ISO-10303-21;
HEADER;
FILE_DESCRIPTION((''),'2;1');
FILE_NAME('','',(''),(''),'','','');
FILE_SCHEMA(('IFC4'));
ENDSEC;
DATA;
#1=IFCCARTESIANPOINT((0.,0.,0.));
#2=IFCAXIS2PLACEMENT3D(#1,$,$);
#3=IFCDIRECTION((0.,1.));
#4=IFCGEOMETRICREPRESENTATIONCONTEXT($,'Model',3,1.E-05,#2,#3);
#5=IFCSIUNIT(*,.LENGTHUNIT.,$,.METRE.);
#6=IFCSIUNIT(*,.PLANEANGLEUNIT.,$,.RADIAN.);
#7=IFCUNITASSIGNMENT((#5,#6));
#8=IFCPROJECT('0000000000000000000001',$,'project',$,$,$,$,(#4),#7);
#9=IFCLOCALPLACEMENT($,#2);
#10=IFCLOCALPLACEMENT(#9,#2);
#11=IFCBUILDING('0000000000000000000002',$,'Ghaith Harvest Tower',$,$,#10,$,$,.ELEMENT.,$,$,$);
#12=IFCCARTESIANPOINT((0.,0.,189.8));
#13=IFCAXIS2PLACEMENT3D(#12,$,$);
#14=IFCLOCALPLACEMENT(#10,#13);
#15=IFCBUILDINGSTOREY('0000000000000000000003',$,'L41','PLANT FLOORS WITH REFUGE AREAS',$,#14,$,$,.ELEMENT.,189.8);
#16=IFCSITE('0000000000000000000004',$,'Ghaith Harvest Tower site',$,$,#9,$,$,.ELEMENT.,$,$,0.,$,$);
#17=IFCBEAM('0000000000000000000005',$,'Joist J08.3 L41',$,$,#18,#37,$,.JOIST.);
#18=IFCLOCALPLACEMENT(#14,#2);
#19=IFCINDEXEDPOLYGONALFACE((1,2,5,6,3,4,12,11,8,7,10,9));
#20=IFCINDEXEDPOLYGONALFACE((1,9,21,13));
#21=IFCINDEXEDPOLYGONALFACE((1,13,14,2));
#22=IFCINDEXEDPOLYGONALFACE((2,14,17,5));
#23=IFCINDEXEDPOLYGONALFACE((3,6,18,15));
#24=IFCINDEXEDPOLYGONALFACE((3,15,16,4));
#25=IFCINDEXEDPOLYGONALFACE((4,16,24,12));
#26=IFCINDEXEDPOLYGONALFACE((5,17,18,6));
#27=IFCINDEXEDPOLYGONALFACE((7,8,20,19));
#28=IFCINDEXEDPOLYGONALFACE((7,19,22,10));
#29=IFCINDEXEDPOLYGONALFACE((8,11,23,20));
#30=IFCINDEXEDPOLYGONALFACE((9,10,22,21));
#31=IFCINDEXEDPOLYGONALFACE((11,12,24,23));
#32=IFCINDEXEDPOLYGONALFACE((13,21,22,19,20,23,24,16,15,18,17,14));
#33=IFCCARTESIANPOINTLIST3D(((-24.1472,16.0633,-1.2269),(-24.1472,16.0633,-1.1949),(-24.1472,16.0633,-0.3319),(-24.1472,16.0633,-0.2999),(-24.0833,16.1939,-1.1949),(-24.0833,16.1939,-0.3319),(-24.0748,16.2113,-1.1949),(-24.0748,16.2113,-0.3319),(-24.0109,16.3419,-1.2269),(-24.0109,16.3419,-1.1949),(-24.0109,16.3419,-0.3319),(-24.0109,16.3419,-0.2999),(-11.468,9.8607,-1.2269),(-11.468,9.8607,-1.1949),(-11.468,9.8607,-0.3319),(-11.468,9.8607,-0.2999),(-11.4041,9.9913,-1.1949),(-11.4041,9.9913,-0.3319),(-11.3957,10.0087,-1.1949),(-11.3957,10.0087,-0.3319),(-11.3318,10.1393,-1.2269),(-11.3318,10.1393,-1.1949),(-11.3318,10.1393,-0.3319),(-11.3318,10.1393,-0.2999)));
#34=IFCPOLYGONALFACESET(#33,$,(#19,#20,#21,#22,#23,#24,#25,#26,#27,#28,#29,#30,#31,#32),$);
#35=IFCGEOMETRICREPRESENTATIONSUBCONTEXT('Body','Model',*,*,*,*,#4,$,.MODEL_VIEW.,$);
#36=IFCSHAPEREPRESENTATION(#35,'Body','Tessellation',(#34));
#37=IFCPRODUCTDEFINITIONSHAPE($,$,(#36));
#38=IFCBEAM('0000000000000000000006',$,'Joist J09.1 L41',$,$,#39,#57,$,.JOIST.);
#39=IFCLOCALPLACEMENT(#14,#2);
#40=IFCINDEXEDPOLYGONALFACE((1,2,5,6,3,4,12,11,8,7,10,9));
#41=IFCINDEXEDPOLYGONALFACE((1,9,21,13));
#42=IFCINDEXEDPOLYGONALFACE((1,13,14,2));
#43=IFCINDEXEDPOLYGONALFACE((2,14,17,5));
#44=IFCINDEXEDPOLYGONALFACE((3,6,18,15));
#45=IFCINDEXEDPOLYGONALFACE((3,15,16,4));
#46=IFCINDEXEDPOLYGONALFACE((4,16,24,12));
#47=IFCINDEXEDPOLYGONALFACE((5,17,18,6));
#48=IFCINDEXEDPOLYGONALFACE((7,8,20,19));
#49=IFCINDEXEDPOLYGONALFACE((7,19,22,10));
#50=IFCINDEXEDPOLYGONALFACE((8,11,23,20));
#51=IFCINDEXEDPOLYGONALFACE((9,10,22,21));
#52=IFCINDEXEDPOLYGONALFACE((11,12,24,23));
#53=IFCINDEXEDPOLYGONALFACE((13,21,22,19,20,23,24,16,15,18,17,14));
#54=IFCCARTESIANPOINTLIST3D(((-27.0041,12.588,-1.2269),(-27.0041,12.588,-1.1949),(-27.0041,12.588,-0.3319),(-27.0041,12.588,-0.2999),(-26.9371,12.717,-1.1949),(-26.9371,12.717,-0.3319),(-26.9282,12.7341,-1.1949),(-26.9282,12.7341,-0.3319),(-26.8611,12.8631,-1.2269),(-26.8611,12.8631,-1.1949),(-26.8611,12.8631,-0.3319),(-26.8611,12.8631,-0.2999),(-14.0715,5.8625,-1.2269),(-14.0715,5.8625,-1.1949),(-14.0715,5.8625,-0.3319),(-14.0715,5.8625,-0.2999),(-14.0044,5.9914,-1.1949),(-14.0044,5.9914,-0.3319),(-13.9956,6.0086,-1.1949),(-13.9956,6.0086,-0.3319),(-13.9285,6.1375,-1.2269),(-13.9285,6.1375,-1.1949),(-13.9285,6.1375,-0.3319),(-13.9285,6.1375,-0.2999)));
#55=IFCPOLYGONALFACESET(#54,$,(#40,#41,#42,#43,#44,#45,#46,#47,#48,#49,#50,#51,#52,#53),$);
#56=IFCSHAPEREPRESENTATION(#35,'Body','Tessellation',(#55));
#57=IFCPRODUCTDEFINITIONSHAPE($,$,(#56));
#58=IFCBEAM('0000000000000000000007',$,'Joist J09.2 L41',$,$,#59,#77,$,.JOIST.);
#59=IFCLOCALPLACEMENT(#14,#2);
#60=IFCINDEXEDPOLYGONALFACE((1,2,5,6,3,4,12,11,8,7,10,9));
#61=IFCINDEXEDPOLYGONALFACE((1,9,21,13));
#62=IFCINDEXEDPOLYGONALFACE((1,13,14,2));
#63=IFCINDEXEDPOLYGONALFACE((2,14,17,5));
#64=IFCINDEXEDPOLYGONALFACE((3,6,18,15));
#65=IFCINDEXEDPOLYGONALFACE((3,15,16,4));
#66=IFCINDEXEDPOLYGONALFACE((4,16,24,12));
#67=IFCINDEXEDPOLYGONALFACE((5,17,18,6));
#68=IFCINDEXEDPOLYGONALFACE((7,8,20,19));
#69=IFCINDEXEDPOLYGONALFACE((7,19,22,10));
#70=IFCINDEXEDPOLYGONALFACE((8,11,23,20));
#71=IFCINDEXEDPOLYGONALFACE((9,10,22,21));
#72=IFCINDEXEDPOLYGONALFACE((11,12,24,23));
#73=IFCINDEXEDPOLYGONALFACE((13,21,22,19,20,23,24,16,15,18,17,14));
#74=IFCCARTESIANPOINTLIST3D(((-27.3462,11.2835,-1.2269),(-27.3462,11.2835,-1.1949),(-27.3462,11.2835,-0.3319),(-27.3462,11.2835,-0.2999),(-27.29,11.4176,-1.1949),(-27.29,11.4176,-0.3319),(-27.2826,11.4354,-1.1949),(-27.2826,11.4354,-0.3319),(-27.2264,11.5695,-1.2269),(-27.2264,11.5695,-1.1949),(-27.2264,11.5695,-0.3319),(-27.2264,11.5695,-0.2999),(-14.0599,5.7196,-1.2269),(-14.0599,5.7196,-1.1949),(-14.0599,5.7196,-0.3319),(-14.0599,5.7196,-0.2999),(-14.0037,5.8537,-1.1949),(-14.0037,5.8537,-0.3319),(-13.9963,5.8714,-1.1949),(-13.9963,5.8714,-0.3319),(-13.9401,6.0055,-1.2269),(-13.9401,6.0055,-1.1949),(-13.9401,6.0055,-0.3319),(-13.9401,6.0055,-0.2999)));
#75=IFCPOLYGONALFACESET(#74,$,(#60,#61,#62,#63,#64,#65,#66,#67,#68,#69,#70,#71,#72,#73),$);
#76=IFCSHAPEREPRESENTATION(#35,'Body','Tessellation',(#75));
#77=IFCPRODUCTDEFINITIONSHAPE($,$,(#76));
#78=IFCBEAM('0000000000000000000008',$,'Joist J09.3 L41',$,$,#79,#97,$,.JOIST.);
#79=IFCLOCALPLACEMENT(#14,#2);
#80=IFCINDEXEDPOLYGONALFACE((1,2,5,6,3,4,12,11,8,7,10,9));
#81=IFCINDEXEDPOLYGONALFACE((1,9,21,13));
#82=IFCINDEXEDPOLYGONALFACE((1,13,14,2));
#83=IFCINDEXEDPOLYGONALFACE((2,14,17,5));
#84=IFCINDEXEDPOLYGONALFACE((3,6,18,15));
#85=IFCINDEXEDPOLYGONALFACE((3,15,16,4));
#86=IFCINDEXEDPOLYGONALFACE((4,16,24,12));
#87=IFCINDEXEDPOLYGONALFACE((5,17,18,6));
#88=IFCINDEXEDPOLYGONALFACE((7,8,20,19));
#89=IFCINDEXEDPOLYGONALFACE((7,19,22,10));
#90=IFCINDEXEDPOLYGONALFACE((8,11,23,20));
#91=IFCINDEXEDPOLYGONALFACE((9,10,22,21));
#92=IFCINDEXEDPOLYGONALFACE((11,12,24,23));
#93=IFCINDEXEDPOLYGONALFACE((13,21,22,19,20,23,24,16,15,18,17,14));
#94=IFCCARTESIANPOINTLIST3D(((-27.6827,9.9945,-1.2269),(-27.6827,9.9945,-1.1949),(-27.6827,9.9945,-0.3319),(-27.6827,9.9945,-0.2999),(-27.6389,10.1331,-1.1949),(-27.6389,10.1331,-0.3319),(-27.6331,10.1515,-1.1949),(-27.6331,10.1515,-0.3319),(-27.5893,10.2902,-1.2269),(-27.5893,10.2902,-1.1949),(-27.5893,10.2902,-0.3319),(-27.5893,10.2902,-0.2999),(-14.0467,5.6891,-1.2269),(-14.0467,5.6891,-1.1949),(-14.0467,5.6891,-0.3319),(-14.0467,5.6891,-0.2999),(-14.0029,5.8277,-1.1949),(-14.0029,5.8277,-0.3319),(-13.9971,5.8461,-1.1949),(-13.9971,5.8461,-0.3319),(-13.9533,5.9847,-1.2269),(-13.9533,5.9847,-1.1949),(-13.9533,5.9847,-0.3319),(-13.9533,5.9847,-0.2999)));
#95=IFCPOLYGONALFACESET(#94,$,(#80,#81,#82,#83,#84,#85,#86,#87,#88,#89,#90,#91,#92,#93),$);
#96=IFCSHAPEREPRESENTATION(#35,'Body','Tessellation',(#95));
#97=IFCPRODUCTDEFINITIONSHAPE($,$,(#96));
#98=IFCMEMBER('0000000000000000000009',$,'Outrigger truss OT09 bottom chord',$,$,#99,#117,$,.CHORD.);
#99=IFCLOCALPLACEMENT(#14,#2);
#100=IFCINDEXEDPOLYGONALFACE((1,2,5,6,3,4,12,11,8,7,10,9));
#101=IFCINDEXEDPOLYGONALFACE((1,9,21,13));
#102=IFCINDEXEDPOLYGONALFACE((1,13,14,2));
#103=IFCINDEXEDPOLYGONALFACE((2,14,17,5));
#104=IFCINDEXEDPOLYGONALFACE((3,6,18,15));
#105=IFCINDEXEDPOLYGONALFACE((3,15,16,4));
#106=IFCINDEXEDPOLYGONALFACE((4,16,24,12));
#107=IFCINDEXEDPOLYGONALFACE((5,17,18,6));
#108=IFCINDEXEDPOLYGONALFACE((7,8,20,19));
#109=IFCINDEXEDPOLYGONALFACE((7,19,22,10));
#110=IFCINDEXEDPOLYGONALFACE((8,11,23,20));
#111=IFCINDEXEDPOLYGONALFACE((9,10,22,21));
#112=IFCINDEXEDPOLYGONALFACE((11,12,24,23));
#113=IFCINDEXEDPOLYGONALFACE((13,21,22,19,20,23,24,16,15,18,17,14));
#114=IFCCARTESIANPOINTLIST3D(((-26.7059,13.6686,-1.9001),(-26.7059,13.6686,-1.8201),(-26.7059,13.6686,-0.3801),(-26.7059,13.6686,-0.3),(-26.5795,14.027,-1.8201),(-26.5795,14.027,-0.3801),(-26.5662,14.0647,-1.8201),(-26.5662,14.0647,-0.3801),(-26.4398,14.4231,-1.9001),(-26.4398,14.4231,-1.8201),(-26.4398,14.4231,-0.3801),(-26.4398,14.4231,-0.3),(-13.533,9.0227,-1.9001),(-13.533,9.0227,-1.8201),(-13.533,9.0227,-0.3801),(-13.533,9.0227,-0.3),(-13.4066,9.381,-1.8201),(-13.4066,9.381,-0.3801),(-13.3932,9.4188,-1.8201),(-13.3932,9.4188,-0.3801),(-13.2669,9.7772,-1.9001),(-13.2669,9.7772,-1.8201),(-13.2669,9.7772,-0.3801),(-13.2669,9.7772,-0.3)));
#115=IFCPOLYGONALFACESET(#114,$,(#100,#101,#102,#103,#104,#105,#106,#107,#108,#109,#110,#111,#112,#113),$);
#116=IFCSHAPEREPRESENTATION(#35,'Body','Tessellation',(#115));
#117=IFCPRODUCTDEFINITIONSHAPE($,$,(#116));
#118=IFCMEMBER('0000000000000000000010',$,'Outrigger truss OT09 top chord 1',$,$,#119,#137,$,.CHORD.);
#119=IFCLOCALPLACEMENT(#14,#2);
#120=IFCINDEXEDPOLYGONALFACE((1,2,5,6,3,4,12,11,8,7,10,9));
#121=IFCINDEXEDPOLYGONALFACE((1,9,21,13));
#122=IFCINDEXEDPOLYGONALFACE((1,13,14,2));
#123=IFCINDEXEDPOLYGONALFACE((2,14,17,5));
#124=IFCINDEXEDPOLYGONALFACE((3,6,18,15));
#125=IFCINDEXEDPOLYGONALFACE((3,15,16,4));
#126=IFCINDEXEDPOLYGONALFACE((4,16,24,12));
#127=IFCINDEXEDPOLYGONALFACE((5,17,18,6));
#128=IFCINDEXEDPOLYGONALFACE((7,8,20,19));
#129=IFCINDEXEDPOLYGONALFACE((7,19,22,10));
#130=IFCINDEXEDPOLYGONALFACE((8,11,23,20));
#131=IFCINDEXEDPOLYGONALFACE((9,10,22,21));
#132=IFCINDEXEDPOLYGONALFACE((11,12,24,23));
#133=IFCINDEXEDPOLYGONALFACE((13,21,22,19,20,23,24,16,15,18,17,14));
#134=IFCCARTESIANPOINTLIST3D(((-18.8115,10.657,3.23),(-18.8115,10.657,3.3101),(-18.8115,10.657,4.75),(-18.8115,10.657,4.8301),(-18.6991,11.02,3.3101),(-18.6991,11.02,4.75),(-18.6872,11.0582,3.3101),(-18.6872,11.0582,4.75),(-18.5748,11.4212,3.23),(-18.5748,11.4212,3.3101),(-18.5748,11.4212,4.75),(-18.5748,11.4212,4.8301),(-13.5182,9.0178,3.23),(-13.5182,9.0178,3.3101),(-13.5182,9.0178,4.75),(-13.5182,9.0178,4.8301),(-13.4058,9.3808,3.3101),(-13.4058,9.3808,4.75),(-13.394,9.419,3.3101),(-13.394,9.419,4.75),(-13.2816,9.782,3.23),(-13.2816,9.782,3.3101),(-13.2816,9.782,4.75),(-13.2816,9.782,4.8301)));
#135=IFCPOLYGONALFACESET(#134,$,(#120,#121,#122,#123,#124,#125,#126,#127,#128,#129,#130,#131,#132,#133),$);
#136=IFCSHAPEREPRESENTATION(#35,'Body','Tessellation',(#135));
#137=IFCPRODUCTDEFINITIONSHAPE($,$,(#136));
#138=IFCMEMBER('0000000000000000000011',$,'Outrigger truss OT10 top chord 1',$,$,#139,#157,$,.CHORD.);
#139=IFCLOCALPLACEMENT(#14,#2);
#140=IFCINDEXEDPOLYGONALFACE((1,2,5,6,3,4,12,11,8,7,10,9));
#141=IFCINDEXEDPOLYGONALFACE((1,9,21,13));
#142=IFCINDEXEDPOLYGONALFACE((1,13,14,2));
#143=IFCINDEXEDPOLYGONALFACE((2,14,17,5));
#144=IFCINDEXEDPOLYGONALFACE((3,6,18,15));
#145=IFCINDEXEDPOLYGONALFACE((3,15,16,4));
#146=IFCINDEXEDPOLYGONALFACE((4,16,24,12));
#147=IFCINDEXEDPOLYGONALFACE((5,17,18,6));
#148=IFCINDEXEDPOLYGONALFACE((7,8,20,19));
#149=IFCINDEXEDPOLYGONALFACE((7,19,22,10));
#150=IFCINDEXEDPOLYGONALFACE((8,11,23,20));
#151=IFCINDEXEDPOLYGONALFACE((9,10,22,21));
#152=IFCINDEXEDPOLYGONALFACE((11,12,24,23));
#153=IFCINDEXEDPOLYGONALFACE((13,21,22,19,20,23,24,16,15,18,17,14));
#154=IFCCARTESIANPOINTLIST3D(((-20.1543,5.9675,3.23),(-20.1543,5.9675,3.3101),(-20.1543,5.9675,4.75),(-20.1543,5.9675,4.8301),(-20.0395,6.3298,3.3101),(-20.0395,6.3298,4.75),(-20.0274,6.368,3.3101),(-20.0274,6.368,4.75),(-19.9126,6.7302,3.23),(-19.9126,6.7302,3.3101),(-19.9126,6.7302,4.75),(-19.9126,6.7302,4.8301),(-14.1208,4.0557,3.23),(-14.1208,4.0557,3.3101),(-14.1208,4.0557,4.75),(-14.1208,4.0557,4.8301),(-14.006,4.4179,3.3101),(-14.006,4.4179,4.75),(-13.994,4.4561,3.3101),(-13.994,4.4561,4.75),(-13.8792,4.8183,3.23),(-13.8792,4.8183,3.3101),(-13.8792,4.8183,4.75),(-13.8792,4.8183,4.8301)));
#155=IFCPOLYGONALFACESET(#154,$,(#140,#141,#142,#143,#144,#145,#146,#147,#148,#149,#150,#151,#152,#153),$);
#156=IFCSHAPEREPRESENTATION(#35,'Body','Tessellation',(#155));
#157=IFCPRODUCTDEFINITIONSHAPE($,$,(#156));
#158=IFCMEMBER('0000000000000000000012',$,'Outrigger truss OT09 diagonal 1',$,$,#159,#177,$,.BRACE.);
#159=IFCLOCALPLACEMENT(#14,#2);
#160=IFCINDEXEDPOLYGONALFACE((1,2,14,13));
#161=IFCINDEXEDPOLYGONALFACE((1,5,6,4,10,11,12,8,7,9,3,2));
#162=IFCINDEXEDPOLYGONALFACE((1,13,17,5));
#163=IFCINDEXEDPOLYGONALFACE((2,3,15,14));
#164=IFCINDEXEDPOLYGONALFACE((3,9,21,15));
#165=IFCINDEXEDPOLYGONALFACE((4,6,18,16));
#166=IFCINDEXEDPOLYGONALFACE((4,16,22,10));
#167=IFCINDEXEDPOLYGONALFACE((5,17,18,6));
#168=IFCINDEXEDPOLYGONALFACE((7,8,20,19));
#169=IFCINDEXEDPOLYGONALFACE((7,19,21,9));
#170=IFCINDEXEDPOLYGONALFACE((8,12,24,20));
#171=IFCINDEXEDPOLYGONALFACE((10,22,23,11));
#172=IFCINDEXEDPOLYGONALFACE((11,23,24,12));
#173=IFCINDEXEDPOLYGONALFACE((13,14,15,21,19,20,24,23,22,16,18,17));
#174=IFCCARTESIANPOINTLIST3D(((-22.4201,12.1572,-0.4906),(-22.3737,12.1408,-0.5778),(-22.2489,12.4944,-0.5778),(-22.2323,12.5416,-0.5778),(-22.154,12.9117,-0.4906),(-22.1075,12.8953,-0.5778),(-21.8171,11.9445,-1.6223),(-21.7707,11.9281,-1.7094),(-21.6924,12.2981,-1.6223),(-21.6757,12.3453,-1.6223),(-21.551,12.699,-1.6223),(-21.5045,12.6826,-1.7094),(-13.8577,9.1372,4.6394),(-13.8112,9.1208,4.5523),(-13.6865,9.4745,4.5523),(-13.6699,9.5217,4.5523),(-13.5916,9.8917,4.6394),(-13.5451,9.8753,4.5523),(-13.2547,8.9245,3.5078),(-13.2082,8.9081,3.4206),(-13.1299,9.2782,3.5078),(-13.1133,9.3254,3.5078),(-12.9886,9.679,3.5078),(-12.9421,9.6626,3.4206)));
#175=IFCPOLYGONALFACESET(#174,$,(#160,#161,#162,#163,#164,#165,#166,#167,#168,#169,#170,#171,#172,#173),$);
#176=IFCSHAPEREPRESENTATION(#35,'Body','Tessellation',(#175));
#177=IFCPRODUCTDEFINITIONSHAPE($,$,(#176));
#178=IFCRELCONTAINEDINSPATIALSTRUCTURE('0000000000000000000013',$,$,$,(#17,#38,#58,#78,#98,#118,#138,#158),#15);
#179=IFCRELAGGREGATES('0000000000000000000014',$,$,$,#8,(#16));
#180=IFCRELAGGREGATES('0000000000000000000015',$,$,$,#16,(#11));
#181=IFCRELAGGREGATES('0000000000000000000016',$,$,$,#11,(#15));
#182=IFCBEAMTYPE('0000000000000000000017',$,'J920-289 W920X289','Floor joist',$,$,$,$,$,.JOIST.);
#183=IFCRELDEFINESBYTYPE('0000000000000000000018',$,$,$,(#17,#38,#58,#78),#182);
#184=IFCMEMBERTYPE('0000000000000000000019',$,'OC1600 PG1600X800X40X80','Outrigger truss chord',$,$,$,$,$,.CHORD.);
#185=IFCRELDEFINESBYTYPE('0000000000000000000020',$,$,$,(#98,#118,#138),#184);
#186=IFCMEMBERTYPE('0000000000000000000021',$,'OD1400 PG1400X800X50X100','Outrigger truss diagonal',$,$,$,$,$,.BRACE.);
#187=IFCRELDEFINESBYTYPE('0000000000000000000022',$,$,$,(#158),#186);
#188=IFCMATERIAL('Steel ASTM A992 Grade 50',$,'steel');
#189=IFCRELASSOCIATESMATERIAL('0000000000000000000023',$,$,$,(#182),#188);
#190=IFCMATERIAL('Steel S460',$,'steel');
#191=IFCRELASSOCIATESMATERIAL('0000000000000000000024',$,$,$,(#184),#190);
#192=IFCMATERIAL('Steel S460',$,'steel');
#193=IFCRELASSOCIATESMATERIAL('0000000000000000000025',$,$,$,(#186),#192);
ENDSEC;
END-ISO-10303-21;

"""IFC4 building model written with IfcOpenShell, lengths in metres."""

from ifc_helpers import new_model, si_unit, direction, frame, origin, origin_2d, place, context, subcontext, project, spatial, i_section, extrude, material, material_profile, profile_set, type_object, element, save


model = new_model("IFC4")

# Units and contexts
model_context = context("Model", 3, precision=1e-05, world=origin(), true_north=direction((0.0, 1.0)))
body_context = subcontext(model_context, "Body", "Model", "MODEL_VIEW")
ifc_project = project(units=[si_unit("LENGTHUNIT", "METRE"), si_unit("PLANEANGLEUNIT", "RADIAN")], contexts=[model_context])

# Site, building, storey
site_placement = place(None, origin())
site = spatial("IfcSite", under=ifc_project, at=site_placement, Name="Ghaith Harvest Tower site", CompositionType="ELEMENT", RefElevation=0.0)
building_placement = place(site_placement, origin())
building = spatial("IfcBuilding", under=site, at=building_placement, Name="Ghaith Harvest Tower", CompositionType="ELEMENT")
storey_placement = place(building_placement, frame((0.0, 0.0, 189.8)))
storey = spatial("IfcBuildingStorey", under=building, at=storey_placement, Name="L41", Description="PLANT FLOORS WITH REFUGE AREAS", CompositionType="ELEMENT", Elevation=189.8)

# Beams
ifc_material_1 = material(Name="Steel ASTM A992 Grade 50", Category="steel")
ifc_material_profile_1 = material_profile(ifc_material_1, i_section(OverallWidth=0.3101, OverallDepth=0.927, WebThickness=0.0193, FlangeThickness=0.032, at=origin_2d()), Name="W920X289")
ifc_profile_set_1 = profile_set([ifc_material_profile_1], Name="Steel ASTM A992 Grade 50")
beam_type = type_object("IfcBeamType", Name="J920-289 W920X289", Description="Floor joist", PredefinedType="JOIST", material=ifc_profile_set_1)
beam_1_placement = place(storey_placement, frame((-11.3999, 10.0, -0.7634), z_axis=(-0.898275, 0.439434, 0.0), x_axis=(-0.439434, -0.898275, 0.0)))
element("IfcBeam", 1, at=beam_1_placement, inside=storey, type_object=beam_type, Name="Joist J08.3 L41", PredefinedType="JOIST", context=body_context, shape_type="SweptSolid", body=[
    extrude(i_section(OverallWidth=0.3101, OverallDepth=0.927, WebThickness=0.0193, FlangeThickness=0.032, at=origin_2d()), origin(), (0.0, 0.0, 1.0), 14.115),
])
beam_2_placement = place(storey_placement, frame((-14.0, 6.0, -0.7634), z_axis=(-0.887199, 0.461386, 0.0), x_axis=(-0.461386, -0.887199, 0.0)))
element("IfcBeam", 2, at=beam_2_placement, inside=storey, type_object=beam_type, Name="Joist J09.1 L41", PredefinedType="JOIST", context=body_context, shape_type="SweptSolid", body=[
    extrude(i_section(OverallWidth=0.3101, OverallDepth=0.927, WebThickness=0.0193, FlangeThickness=0.032, at=origin_2d()), origin(), (0.0, 0.0, 1.0), 14.5769),
])
beam_3_placement = place(storey_placement, frame((-14.0, 5.8625, -0.7634), z_axis=(-0.922386, 0.38627, 0.0), x_axis=(-0.38627, -0.922386, 0.0)))
element("IfcBeam", 3, at=beam_3_placement, inside=storey, type_object=beam_type, Name="Joist J09.2 L41", PredefinedType="JOIST", context=body_context, shape_type="SweptSolid", body=[
    extrude(i_section(OverallWidth=0.3101, OverallDepth=0.927, WebThickness=0.0193, FlangeThickness=0.032, at=origin_2d()), origin(), (0.0, 0.0, 1.0), 14.4043),
])
beam_4_placement = place(storey_placement, frame((-14.0, 5.8369, -0.7634), z_axis=(-0.953596, 0.301088, 0.0), x_axis=(-0.301088, -0.953596, 0.0)))
element("IfcBeam", 4, at=beam_4_placement, inside=storey, type_object=beam_type, Name="Joist J09.3 L41", PredefinedType="JOIST", context=body_context, shape_type="SweptSolid", body=[
    extrude(i_section(OverallWidth=0.3101, OverallDepth=0.927, WebThickness=0.0193, FlangeThickness=0.032, at=origin_2d()), origin(), (0.0, 0.0, 1.0), 14.2996),
])

# Members
ifc_material_2 = material(Name="Steel S460", Category="steel")
ifc_material_profile_2 = material_profile(ifc_material_2, i_section(OverallWidth=0.8, OverallDepth=1.6001, WebThickness=0.04, FlangeThickness=0.0801, at=origin_2d()), Name="PG1600X800X40X80")
ifc_profile_set_2 = profile_set([ifc_material_profile_2], Name="Steel S460")
member_type_1 = type_object("IfcMemberType", Name="OC1600 PG1600X800X40X80", Description="Outrigger truss chord", PredefinedType="CHORD", material=ifc_profile_set_2)
member_1_placement = place(storey_placement, frame((-13.3999, 9.3999, -1.1001), z_axis=(-0.943065, 0.332608, 0.0), x_axis=(-0.332608, -0.943065, 0.0)))
element("IfcMember", 5, at=member_1_placement, inside=storey, type_object=member_type_1, Name="Outrigger truss OT09 bottom chord", PredefinedType="CHORD", context=body_context, shape_type="SweptSolid", body=[
    extrude(i_section(OverallWidth=0.8, OverallDepth=1.6001, WebThickness=0.04, FlangeThickness=0.0801, at=origin_2d()), origin(), (0.0, 0.0, 1.0), 13.9683),
])
member_2_placement = place(storey_placement, frame((-13.3999, 9.3999, 4.03), z_axis=(-0.955246, 0.295813, 0.0), x_axis=(-0.295813, -0.955246, 0.0)))
element("IfcMember", 6, at=member_2_placement, inside=storey, type_object=member_type_1, Name="Outrigger truss OT09 top chord 1", PredefinedType="CHORD", context=body_context, shape_type="SweptSolid", body=[
    extrude(i_section(OverallWidth=0.8, OverallDepth=1.6001, WebThickness=0.04, FlangeThickness=0.0801, at=origin_2d()), origin(), (0.0, 0.0, 1.0), 5.5413),
])
member_3_placement = place(storey_placement, frame((-14.0, 4.437, 4.03), z_axis=(-0.953284, 0.302075, 0.0), x_axis=(-0.302075, -0.953284, 0.0)))
element("IfcMember", 7, at=member_3_placement, inside=storey, type_object=member_type_1, Name="Outrigger truss OT10 top chord 1", PredefinedType="CHORD", context=body_context, shape_type="SweptSolid", body=[
    extrude(i_section(OverallWidth=0.8, OverallDepth=1.6001, WebThickness=0.04, FlangeThickness=0.0801, at=origin_2d()), origin(), (0.0, 0.0, 1.0), 6.3291),
])
ifc_material_3 = material(Name="Steel S460", Category="steel")
ifc_material_profile_3 = material_profile(ifc_material_3, i_section(OverallWidth=0.8, OverallDepth=1.3999, WebThickness=0.05, FlangeThickness=0.1001, at=origin_2d()), Name="PG1400X800X50X100")
ifc_profile_set_3 = profile_set([ifc_material_profile_3], Name="Steel S460")
member_type_2 = type_object("IfcMemberType", Name="OD1400 PG1400X800X50X100", Description="Outrigger truss diagonal", PredefinedType="BRACE", material=ifc_profile_set_3)
member_4_placement = place(storey_placement, frame((-13.3999, 9.3999, 4.03), z_axis=(-0.821062, 0.289591, -0.49193), x_axis=(-0.33262, -0.943061, 0.0)))
element("IfcMember", 8, at=member_4_placement, inside=storey, type_object=member_type_2, Name="Outrigger truss OT09 diagonal 1", PredefinedType="BRACE", context=body_context, shape_type="SweptSolid", body=[
    extrude(i_section(OverallWidth=0.8, OverallDepth=1.3999, WebThickness=0.05, FlangeThickness=0.1001, at=origin_2d()), origin(), (0.0, 0.0, 1.0), 10.4285),
])

save(model, "model.ifc")
